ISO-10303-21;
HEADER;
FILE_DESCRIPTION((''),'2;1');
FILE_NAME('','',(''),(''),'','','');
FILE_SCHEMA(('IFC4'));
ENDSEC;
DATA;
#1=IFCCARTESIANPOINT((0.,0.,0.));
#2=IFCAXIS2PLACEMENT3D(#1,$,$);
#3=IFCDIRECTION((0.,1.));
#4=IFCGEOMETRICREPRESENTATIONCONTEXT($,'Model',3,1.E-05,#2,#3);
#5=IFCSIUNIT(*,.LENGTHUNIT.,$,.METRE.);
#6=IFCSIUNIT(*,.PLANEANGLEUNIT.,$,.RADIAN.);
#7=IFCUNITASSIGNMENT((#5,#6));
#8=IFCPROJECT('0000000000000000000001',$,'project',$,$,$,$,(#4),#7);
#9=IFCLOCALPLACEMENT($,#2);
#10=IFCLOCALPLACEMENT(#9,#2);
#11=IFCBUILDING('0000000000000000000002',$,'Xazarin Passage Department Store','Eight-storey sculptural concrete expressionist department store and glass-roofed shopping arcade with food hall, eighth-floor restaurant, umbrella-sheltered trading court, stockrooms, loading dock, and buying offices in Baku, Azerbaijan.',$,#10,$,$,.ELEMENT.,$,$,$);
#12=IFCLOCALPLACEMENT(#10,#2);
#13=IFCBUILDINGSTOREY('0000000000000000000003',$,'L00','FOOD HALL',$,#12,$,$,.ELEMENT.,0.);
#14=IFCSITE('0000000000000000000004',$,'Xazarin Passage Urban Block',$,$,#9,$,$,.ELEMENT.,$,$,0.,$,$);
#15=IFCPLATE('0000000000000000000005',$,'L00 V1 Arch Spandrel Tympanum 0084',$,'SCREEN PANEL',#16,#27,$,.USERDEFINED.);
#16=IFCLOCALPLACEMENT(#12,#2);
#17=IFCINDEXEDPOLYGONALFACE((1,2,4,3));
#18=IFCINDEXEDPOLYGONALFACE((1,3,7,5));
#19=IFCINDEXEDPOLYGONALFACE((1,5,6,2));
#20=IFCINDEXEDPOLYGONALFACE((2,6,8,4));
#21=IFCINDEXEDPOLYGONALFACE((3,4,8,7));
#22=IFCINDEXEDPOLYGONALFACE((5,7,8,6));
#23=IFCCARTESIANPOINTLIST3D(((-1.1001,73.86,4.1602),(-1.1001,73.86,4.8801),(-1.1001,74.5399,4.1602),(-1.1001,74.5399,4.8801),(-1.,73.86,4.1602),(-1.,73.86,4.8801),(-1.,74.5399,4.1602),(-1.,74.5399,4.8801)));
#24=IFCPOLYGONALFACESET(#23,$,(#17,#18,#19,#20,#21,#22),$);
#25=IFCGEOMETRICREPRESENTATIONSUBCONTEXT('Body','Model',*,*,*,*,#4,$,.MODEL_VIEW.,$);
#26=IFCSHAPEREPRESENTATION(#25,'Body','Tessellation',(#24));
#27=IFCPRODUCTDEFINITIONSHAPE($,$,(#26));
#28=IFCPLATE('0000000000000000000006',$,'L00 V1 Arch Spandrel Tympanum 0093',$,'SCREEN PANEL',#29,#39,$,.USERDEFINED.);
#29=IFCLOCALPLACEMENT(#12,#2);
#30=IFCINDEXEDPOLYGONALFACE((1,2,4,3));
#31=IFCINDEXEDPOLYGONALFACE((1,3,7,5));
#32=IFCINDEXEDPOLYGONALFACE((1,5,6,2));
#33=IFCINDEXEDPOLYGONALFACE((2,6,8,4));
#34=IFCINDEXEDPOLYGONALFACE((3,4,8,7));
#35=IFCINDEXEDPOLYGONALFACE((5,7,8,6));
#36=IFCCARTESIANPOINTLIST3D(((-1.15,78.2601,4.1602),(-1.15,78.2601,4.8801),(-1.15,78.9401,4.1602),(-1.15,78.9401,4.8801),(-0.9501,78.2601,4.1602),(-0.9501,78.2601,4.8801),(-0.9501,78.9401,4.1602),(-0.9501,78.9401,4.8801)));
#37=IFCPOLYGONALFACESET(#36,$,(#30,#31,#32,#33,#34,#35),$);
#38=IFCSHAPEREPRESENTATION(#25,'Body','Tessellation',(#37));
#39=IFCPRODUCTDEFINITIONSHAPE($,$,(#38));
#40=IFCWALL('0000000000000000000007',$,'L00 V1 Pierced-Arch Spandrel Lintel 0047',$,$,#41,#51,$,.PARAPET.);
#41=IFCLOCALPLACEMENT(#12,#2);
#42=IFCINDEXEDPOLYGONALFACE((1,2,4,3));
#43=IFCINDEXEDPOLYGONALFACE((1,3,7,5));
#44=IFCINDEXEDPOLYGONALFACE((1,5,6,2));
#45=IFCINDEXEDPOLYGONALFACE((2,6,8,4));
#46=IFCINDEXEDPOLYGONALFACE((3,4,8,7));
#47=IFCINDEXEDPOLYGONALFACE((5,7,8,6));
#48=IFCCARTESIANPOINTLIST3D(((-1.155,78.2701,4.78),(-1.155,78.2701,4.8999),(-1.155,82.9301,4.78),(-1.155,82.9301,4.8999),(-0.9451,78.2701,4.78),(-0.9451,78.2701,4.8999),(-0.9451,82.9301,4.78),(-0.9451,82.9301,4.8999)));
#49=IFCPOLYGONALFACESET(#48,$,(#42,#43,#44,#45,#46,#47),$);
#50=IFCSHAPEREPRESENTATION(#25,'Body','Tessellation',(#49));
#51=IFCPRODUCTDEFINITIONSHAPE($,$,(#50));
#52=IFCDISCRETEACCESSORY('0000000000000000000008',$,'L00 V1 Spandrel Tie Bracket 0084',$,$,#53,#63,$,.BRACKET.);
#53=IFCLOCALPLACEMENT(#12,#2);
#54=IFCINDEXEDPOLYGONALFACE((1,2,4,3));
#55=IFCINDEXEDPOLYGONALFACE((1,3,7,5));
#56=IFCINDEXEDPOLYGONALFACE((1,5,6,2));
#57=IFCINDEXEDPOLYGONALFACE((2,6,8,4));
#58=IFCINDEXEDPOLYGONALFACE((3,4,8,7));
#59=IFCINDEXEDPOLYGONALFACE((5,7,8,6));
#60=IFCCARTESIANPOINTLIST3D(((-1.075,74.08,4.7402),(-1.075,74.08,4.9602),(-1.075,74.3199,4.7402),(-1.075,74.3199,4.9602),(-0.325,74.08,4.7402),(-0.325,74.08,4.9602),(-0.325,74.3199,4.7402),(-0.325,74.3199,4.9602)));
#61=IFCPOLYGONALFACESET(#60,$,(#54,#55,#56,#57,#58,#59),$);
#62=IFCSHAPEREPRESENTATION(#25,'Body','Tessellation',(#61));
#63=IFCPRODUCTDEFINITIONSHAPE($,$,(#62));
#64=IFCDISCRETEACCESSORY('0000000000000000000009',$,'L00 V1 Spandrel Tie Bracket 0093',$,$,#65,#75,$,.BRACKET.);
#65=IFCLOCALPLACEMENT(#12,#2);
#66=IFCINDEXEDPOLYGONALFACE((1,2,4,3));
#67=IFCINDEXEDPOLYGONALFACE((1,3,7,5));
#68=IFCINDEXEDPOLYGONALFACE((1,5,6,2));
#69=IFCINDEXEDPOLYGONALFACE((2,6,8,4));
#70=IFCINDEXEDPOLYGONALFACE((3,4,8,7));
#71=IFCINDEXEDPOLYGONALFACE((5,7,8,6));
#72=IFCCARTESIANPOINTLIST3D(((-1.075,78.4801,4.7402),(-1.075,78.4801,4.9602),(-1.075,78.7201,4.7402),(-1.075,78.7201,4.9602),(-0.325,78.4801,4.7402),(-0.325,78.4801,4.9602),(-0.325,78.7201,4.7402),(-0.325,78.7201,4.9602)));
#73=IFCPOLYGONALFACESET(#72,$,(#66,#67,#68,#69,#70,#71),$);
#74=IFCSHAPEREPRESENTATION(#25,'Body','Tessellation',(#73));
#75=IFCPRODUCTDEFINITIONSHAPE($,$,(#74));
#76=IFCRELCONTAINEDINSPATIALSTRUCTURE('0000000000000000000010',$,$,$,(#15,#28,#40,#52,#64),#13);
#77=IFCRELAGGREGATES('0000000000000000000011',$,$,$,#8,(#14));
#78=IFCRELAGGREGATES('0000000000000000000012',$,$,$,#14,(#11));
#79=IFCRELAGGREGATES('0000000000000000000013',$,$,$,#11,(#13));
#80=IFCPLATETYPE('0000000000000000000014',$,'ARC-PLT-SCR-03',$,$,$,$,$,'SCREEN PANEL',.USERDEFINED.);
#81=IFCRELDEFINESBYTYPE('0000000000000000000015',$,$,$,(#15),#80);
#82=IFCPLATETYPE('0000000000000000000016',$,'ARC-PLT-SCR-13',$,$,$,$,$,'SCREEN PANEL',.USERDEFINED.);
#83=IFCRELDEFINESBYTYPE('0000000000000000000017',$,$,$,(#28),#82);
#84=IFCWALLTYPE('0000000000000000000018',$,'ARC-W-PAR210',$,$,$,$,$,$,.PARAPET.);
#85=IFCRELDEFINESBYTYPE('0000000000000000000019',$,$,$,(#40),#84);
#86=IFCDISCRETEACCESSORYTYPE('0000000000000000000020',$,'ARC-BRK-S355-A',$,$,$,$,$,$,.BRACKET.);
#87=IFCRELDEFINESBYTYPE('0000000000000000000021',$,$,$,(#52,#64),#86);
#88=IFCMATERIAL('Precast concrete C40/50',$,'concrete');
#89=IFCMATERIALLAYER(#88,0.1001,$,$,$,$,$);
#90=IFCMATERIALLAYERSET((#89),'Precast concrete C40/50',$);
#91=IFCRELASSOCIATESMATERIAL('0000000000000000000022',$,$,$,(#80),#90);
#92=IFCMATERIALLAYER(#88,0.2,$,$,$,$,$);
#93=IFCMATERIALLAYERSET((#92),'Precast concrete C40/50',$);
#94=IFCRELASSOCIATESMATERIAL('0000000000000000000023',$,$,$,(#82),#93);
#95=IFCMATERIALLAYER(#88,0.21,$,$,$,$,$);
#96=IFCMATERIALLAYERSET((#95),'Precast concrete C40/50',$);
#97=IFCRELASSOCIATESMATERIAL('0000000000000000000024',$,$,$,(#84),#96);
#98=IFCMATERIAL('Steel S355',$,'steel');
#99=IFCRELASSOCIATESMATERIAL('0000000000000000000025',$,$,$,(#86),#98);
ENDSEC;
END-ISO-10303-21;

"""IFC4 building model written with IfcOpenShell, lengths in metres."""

from ifc_helpers import new_model, si_unit, direction, frame, frame_2d, origin, origin_2d, place, context, subcontext, project, spatial, rectangle, extrude, material, layer, layer_set, type_object, element, save


model = new_model("IFC4")

# Units and contexts
model_context = context("Model", 3, precision=1e-05, world=origin(), true_north=direction((0.0, 1.0)))
body_context = subcontext(model_context, "Body", "Model", "MODEL_VIEW")
ifc_project = project(units=[si_unit("LENGTHUNIT", "METRE"), si_unit("PLANEANGLEUNIT", "RADIAN")], contexts=[model_context])

# Site, building, storey
site_placement = place(None, origin())
site = spatial("IfcSite", under=ifc_project, at=site_placement, Name="Xazarin Passage Urban Block", CompositionType="ELEMENT", RefElevation=0.0)
building_placement = place(site_placement, origin())
building = spatial("IfcBuilding", under=site, at=building_placement, Name="Xazarin Passage Department Store", Description="Eight-storey sculptural concrete expressionist department store and glass-roofed shopping arcade with food hall, eighth-floor restaurant, umbrella-sheltered trading court, stockrooms, loading dock, and buying offices in Baku, Azerbaijan.", CompositionType="ELEMENT")
storey_placement = place(building_placement, origin())
storey = spatial("IfcBuildingStorey", under=building, at=storey_placement, Name="L00", Description="FOOD HALL", CompositionType="ELEMENT", Elevation=0.0)

# Shared definitions
ifc_material_1 = material(Name="Steel S355", Category="steel")

# Plates
ifc_material_2 = material(Name="Precast concrete C40/50", Category="concrete")
ifc_layer_1 = layer(ifc_material_2, 0.1001)
ifc_layer_set_1 = layer_set([ifc_layer_1], Name="Precast concrete C40/50")
plate_type_1 = type_object("IfcPlateType", Name="ARC-PLT-SCR-03", ElementType="SCREEN PANEL", PredefinedType="USERDEFINED", material=ifc_layer_set_1)
plate_1_placement = place(storey_placement, frame((-1.05, 74.2, 4.1602), z_axis=(0.0, 0.0, 1.0), x_axis=(0.0, 1.0, 0.0)))
element("IfcPlate", 1, at=plate_1_placement, inside=storey, type_object=plate_type_1, Name="L00 V1 Arch Spandrel Tympanum 0084", ObjectType="SCREEN PANEL", PredefinedType="USERDEFINED", context=body_context, shape_type="SweptSolid", body=[
    extrude(rectangle(XDim=0.6799, YDim=0.1001, at=origin_2d()), origin(), (0.0, 0.0, 1.0), 0.72),
])
ifc_layer_2 = layer(ifc_material_2, 0.2)
ifc_layer_set_2 = layer_set([ifc_layer_2], Name="Precast concrete C40/50")
plate_type_2 = type_object("IfcPlateType", Name="ARC-PLT-SCR-13", ElementType="SCREEN PANEL", PredefinedType="USERDEFINED", material=ifc_layer_set_2)
plate_2_placement = place(storey_placement, frame((-1.05, 78.6001, 4.1602), z_axis=(0.0, 0.0, 1.0), x_axis=(0.0, 1.0, 0.0)))
element("IfcPlate", 2, at=plate_2_placement, inside=storey, type_object=plate_type_2, Name="L00 V1 Arch Spandrel Tympanum 0093", ObjectType="SCREEN PANEL", PredefinedType="USERDEFINED", context=body_context, shape_type="SweptSolid", body=[
    extrude(rectangle(XDim=0.6799, YDim=0.2, at=origin_2d()), origin(), (0.0, 0.0, 1.0), 0.72),
])

# Wall
ifc_layer_3 = layer(ifc_material_2, 0.21)
ifc_layer_set_3 = layer_set([ifc_layer_3], Name="Precast concrete C40/50")
wall_type = type_object("IfcWallType", Name="ARC-W-PAR210", PredefinedType="PARAPET", material=ifc_layer_set_3)
wall_placement = place(storey_placement, frame((-1.05, 78.27, 4.78), z_axis=(0.0, 0.0, 1.0), x_axis=(0.0, 1.0, 0.0)))
element("IfcWall", 3, at=wall_placement, inside=storey, type_object=wall_type, Name="L00 V1 Pierced-Arch Spandrel Lintel 0047", PredefinedType="PARAPET", context=body_context, shape_type="SweptSolid", body=[
    extrude(rectangle(XDim=4.6599, YDim=0.21, at=frame_2d((2.3301, 0.0))), origin(), (0.0, 0.0, 1.0), 0.1199),
])

# Discrete accessories
discrete_accessory_type = type_object("IfcDiscreteAccessoryType", Name="ARC-BRK-S355-A", PredefinedType="BRACKET", material=ifc_material_1)
for number, where, z_axis, x_axis, name in (
    (4, (-0.7, 74.2, 4.7402), (0.0, 0.0, 1.0), (0.0, 1.0, 0.0), "L00 V1 Spandrel Tie Bracket 0084"),
    (5, (-0.7, 78.6001, 4.7402), (0.0, 0.0, 1.0), (0.0, 1.0, 0.0), "L00 V1 Spandrel Tie Bracket 0093"),
):
    element("IfcDiscreteAccessory", number, at=place(storey_placement, frame(where, z_axis=z_axis, x_axis=x_axis)), inside=storey, type_object=discrete_accessory_type, Name=name, PredefinedType="BRACKET", context=body_context, shape_type="SweptSolid", body=[
        extrude(rectangle(XDim=0.24, YDim=0.75, at=origin_2d()), origin(), (0.0, 0.0, 1.0), 0.22),
    ])

save(model, "model.ifc")
